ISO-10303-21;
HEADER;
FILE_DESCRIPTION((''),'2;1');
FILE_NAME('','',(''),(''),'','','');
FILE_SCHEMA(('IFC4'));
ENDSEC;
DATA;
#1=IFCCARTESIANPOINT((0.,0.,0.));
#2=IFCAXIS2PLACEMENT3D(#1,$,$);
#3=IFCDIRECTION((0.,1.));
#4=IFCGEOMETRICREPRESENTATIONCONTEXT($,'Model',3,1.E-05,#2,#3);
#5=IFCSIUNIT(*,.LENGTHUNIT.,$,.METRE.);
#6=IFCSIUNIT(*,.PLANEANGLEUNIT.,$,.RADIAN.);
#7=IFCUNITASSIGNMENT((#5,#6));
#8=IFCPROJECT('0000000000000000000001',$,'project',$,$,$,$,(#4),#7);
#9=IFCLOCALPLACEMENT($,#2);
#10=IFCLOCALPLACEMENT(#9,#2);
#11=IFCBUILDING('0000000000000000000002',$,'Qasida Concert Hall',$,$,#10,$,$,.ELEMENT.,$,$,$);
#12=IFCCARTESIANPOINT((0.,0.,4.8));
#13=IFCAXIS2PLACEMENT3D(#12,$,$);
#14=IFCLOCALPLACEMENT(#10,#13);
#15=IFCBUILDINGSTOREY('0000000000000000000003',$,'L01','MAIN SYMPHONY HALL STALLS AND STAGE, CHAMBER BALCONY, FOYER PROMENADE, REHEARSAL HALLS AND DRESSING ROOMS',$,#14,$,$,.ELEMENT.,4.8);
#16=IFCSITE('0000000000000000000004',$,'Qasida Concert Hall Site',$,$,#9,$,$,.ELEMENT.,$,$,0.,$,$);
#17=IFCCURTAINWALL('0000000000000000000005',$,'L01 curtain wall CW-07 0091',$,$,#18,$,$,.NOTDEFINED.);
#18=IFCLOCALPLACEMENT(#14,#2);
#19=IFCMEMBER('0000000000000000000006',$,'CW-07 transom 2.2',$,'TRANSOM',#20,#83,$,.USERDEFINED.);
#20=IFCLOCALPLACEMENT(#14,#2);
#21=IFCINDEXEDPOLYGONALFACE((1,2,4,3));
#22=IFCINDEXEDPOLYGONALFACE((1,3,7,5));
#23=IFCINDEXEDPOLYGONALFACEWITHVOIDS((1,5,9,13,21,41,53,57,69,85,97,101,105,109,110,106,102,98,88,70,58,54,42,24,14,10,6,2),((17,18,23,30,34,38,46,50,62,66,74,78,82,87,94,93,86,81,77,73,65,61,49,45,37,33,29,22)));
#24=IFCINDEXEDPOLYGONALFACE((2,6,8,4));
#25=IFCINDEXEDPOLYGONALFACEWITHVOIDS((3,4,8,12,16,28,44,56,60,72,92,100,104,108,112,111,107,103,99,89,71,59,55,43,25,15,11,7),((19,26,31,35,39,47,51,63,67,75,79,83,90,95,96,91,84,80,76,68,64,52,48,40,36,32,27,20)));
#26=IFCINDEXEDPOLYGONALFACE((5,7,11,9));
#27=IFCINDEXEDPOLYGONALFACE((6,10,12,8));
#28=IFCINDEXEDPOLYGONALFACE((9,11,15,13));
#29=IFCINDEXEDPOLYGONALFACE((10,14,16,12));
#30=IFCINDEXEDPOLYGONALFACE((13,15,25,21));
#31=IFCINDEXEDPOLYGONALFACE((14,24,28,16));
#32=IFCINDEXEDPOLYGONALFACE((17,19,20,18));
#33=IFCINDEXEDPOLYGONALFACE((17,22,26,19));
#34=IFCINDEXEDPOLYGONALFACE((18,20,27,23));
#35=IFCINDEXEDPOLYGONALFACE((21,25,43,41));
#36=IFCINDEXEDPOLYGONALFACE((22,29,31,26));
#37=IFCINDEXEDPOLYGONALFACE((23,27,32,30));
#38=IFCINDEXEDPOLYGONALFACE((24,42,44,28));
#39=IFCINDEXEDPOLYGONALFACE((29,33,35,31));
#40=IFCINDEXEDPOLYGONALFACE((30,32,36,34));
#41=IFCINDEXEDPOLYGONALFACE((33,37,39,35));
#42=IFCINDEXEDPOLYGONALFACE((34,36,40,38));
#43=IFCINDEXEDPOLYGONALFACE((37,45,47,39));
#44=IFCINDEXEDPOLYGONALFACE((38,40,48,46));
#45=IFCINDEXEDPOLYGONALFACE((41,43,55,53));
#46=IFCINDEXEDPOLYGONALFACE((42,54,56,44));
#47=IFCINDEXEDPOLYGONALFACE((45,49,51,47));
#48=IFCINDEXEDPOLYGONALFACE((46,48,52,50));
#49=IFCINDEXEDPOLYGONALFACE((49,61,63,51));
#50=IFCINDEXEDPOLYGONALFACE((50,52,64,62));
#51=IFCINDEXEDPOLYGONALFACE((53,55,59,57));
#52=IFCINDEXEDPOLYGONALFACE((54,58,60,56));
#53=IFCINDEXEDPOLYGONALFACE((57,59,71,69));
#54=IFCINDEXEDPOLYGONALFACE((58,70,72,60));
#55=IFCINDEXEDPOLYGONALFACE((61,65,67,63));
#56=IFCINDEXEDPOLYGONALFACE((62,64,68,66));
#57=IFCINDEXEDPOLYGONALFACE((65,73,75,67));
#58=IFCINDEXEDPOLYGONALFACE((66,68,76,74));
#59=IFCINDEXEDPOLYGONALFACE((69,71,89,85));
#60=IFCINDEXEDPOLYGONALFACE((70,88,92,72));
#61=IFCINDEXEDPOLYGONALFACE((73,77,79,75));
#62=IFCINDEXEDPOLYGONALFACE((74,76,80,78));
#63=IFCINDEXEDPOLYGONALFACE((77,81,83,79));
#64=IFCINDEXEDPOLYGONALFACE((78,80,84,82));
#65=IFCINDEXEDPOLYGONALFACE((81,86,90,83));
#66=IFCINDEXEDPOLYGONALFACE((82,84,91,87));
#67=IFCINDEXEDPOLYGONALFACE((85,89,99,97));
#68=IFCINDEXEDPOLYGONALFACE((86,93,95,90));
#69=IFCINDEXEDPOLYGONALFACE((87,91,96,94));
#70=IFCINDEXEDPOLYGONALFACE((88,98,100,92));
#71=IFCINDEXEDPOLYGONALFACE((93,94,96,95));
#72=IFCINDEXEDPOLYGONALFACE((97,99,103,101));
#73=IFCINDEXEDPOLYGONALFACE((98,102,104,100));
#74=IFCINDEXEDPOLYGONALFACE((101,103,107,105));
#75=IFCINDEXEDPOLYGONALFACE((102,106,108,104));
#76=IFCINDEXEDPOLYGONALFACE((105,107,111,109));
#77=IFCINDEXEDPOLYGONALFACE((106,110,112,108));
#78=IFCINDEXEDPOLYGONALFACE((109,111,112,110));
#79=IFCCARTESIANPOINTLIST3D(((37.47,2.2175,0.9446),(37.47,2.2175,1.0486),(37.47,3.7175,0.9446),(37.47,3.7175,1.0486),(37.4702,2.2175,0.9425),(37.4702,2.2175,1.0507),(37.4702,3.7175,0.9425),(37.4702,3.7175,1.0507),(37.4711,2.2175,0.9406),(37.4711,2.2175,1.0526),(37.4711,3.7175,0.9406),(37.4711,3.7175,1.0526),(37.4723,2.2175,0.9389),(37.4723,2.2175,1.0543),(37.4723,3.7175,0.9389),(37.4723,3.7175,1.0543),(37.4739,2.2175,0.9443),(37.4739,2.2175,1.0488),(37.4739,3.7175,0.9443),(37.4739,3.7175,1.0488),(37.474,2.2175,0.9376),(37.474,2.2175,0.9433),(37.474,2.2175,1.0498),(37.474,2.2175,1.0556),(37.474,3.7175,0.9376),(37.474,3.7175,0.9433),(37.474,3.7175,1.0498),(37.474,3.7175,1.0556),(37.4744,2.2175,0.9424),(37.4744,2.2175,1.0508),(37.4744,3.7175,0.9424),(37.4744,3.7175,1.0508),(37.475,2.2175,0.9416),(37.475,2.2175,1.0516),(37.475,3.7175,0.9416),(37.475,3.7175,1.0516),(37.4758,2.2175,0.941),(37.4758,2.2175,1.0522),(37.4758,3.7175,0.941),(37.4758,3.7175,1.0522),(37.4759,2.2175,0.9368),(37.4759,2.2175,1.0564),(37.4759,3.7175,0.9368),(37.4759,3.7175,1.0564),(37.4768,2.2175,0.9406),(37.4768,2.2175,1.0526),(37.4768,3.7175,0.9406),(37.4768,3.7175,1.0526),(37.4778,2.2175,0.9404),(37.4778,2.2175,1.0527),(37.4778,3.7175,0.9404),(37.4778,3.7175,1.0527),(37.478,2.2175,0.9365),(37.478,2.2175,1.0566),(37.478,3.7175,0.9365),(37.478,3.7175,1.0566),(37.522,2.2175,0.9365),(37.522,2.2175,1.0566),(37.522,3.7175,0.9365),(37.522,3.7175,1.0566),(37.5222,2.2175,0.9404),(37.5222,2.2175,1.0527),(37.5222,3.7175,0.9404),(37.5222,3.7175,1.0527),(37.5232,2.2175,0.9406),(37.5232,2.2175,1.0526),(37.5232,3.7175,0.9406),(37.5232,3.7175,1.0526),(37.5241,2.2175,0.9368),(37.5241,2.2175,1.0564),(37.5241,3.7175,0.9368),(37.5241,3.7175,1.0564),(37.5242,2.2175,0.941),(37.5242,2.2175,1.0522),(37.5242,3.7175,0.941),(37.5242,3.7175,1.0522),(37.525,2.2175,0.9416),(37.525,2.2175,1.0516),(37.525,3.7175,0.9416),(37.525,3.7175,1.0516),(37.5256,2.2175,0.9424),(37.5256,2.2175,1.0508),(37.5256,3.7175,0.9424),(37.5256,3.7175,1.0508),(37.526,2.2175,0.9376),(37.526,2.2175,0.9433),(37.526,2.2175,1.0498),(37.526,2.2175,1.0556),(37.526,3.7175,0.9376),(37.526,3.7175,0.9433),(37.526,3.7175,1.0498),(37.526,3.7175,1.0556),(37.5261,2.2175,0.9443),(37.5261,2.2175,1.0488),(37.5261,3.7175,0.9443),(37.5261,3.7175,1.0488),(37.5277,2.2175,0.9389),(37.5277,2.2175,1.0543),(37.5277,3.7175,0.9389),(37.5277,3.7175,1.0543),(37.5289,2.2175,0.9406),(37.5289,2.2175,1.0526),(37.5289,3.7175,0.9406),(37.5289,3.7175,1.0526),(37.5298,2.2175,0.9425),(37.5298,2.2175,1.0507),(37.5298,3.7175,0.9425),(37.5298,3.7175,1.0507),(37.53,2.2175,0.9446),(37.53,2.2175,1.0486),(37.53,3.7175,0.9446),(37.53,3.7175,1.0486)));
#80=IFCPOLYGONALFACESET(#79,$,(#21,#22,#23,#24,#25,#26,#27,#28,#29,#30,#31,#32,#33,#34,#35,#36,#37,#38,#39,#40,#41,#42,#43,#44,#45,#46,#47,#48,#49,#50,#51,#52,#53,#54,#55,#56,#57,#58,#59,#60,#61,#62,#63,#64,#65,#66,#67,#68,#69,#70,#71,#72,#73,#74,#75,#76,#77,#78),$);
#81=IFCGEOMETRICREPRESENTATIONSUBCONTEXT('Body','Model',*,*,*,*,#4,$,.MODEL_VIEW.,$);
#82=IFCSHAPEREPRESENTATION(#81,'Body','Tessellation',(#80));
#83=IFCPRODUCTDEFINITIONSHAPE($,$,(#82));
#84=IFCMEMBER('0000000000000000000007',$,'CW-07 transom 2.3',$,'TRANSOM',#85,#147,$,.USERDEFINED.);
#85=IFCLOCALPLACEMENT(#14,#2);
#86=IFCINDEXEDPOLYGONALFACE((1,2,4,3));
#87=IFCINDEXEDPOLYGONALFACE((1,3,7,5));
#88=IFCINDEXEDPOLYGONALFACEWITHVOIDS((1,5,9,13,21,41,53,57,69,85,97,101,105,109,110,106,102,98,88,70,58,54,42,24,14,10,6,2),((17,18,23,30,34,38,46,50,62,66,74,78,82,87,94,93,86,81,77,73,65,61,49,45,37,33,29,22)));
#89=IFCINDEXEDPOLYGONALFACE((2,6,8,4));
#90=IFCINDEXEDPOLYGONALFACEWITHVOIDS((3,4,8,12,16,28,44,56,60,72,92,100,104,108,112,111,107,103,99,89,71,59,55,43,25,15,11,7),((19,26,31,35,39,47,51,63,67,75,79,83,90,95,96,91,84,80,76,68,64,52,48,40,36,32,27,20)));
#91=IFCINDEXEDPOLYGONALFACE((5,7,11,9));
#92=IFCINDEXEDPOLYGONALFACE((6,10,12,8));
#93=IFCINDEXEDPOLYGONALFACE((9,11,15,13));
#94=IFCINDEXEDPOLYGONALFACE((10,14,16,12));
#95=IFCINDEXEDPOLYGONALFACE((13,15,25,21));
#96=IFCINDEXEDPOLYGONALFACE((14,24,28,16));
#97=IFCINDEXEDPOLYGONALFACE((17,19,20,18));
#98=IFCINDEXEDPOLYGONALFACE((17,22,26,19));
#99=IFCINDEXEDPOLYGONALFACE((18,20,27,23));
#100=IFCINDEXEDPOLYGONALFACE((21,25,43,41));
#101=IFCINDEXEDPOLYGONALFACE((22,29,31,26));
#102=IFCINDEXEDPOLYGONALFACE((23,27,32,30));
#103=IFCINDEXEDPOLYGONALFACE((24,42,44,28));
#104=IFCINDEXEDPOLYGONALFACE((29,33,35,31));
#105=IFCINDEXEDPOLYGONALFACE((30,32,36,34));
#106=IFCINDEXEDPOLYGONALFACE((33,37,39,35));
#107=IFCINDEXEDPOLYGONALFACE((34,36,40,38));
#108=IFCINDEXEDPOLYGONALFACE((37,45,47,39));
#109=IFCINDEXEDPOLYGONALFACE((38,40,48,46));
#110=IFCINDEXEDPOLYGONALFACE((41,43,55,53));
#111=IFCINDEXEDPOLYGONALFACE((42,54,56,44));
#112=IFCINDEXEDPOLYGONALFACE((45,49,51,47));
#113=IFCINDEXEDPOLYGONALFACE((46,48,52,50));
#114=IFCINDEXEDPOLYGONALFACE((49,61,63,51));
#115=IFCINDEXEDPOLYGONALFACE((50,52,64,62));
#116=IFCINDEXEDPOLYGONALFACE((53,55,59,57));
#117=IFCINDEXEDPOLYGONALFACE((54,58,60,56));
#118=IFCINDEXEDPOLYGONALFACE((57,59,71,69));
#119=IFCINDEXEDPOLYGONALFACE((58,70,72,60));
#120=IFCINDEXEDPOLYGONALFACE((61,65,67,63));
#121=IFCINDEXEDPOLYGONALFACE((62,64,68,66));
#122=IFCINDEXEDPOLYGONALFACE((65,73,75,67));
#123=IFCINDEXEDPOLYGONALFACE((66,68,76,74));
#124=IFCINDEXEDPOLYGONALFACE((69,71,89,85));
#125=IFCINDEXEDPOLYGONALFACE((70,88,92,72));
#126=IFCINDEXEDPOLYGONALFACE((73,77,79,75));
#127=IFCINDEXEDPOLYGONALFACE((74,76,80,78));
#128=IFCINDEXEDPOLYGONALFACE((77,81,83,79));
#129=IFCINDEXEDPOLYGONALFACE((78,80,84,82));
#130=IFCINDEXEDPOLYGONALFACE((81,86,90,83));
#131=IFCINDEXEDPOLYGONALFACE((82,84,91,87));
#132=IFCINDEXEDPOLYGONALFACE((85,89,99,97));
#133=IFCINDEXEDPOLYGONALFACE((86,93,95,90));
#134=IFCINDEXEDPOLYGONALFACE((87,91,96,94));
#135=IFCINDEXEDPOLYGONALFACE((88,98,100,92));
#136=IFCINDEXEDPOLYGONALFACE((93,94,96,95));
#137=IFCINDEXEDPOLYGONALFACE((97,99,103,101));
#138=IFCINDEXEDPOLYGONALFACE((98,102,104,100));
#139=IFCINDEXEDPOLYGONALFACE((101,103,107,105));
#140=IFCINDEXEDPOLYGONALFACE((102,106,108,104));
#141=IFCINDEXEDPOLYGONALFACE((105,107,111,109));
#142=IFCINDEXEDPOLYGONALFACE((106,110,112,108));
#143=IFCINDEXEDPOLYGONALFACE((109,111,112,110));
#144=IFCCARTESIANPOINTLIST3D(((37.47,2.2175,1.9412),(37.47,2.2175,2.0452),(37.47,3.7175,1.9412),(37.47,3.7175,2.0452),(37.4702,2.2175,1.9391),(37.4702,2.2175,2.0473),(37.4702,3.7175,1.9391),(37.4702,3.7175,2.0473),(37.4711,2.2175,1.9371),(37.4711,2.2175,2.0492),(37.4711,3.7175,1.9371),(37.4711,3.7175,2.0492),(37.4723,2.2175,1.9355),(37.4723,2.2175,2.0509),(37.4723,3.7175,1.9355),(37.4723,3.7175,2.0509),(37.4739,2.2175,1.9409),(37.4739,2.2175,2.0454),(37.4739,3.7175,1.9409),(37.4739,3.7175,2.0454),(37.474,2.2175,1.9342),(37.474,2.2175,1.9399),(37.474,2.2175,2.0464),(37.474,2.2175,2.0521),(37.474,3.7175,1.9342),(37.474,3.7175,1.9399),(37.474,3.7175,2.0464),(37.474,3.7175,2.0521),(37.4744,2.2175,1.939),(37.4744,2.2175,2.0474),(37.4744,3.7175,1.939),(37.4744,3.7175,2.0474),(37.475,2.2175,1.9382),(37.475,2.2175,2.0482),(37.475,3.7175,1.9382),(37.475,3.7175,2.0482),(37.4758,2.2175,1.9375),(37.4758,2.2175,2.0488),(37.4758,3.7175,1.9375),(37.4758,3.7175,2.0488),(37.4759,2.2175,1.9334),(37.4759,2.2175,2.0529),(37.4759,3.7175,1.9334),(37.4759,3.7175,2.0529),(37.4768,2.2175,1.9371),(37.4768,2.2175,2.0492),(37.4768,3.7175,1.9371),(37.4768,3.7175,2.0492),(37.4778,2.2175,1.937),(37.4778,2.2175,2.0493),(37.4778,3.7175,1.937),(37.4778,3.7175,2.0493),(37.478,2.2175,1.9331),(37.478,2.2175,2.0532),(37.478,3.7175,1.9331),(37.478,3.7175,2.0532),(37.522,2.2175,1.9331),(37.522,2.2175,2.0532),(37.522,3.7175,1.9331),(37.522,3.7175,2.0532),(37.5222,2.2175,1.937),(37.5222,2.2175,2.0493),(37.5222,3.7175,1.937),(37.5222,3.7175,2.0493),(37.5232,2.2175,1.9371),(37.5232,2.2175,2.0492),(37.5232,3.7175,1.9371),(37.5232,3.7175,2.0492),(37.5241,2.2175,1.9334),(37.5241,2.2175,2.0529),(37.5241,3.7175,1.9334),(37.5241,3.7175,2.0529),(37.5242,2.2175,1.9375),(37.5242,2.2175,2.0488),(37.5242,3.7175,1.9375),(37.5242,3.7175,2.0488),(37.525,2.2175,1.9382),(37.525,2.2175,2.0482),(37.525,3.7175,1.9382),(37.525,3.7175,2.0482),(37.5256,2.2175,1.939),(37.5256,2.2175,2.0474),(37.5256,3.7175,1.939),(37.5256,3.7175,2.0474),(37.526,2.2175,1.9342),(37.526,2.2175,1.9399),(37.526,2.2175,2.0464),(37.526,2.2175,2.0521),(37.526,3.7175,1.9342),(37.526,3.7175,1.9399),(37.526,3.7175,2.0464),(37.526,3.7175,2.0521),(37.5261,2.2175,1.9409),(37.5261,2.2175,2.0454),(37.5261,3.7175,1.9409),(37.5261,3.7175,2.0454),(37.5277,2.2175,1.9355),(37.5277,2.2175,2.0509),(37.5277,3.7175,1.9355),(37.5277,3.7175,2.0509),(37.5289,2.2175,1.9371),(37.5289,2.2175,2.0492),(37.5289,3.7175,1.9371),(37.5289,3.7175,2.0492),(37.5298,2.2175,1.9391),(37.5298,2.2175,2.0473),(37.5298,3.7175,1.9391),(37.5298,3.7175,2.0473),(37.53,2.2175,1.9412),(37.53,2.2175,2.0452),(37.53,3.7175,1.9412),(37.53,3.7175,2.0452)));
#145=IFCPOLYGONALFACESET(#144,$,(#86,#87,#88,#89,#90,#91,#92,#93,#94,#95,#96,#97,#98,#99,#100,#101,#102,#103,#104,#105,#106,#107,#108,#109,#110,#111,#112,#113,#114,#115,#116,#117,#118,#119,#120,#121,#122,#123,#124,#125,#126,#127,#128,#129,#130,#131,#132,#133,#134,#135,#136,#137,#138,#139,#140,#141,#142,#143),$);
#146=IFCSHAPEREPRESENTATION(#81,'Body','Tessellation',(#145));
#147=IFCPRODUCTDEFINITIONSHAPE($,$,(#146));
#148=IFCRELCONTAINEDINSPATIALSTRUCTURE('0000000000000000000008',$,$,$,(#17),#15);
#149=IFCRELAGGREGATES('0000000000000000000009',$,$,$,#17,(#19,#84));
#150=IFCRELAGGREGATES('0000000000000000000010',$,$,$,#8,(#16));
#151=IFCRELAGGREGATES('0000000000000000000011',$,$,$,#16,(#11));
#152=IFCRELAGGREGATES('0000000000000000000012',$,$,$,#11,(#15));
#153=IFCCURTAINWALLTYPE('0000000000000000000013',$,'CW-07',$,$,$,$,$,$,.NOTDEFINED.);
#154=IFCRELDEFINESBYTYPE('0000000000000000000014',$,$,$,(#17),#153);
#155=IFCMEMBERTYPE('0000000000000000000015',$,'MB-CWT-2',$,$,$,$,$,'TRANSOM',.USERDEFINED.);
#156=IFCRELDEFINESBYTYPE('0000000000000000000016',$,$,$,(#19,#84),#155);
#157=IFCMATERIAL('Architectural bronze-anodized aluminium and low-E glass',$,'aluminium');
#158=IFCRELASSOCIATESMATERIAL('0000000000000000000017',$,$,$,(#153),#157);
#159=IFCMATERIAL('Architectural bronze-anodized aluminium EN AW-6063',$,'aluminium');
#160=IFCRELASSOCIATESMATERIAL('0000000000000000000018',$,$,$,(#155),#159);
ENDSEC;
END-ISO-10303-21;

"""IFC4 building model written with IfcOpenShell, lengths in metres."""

from ifc_helpers import new_model, si_unit, direction, frame, origin, origin_2d, place, context, subcontext, project, spatial, hollow_rectangle, extrude, material, material_profile, profile_set, type_object, element, aggregate, save


model = new_model("IFC4")

# Units and contexts
model_context = context("Model", 3, precision=1e-05, world=origin(), true_north=direction((0.0, 1.0)))
body_context = subcontext(model_context, "Body", "Model", "MODEL_VIEW")
ifc_project = project(units=[si_unit("LENGTHUNIT", "METRE"), si_unit("PLANEANGLEUNIT", "RADIAN")], contexts=[model_context])

# Site, building, storey
site_placement = place(None, origin())
site = spatial("IfcSite", under=ifc_project, at=site_placement, Name="Qasida Concert Hall Site", CompositionType="ELEMENT", RefElevation=0.0)
building_placement = place(site_placement, origin())
building = spatial("IfcBuilding", under=site, at=building_placement, Name="Qasida Concert Hall", CompositionType="ELEMENT")
storey_placement = place(building_placement, frame((0.0, 0.0, 4.8)))
storey = spatial("IfcBuildingStorey", under=building, at=storey_placement, Name="L01", Description="MAIN SYMPHONY HALL STALLS AND STAGE, CHAMBER BALCONY, FOYER PROMENADE, REHEARSAL HALLS AND DRESSING ROOMS", CompositionType="ELEMENT", Elevation=4.8)

# Curtain wall, members
ifc_material_1 = material(Name="Architectural bronze-anodized aluminium and low-E glass", Category="aluminium")
curtain_wall_type = type_object("IfcCurtainWallType", Name="CW-07", PredefinedType="NOTDEFINED", material=ifc_material_1)
curtain_wall_placement = place(storey_placement, origin())
curtain_wall = element("IfcCurtainWall", 1, at=curtain_wall_placement, inside=storey, type_object=curtain_wall_type, Name="L01 curtain wall CW-07 0091", PredefinedType="NOTDEFINED")
ifc_material_2 = material(Name="Architectural bronze-anodized aluminium EN AW-6063", Category="aluminium")
ifc_material_profile_1 = material_profile(ifc_material_2, hollow_rectangle(XDim=0.0601, YDim=0.1201, WallThickness=0.0039, InnerFilletRadius=0.0039, OuterFilletRadius=0.0081, at=origin_2d()), Name="CWT 120x60x4")
ifc_profile_set_1 = profile_set([ifc_material_profile_1], Name="Architectural bronze-anodized aluminium EN AW-6063")
member_type_1 = type_object("IfcMemberType", Name="MB-CWT-2", ElementType="TRANSOM", PredefinedType="USERDEFINED", material=ifc_profile_set_1)
member_1_placement = place(storey_placement, frame((37.5, 2.2175, 0.9966), z_axis=(0.0, 1.0, 0.0), x_axis=(-1.0, 0.0, 0.0)))
member_1 = element("IfcMember", 2, at=member_1_placement, type_object=member_type_1, Name="CW-07 transom 2.2", ObjectType="TRANSOM", PredefinedType="USERDEFINED", context=body_context, shape_type="SweptSolid", body=[
    extrude(hollow_rectangle(XDim=0.0601, YDim=0.1201, WallThickness=0.0039, InnerFilletRadius=0.0039, OuterFilletRadius=0.0081, at=origin_2d()), origin(), (0.0, 0.0, 1.0), 1.5),
])
member_2_placement = place(storey_placement, frame((37.5, 2.2175, 1.9932), z_axis=(0.0, 1.0, 0.0), x_axis=(-1.0, 0.0, 0.0)))
member_2 = element("IfcMember", 3, at=member_2_placement, type_object=member_type_1, Name="CW-07 transom 2.3", ObjectType="TRANSOM", PredefinedType="USERDEFINED", context=body_context, shape_type="SweptSolid", body=[
    extrude(hollow_rectangle(XDim=0.0601, YDim=0.1201, WallThickness=0.0039, InnerFilletRadius=0.0039, OuterFilletRadius=0.0081, at=origin_2d()), origin(), (0.0, 0.0, 1.0), 1.5),
])
aggregate(curtain_wall, [member_1, member_2])

save(model, "model.ifc")
